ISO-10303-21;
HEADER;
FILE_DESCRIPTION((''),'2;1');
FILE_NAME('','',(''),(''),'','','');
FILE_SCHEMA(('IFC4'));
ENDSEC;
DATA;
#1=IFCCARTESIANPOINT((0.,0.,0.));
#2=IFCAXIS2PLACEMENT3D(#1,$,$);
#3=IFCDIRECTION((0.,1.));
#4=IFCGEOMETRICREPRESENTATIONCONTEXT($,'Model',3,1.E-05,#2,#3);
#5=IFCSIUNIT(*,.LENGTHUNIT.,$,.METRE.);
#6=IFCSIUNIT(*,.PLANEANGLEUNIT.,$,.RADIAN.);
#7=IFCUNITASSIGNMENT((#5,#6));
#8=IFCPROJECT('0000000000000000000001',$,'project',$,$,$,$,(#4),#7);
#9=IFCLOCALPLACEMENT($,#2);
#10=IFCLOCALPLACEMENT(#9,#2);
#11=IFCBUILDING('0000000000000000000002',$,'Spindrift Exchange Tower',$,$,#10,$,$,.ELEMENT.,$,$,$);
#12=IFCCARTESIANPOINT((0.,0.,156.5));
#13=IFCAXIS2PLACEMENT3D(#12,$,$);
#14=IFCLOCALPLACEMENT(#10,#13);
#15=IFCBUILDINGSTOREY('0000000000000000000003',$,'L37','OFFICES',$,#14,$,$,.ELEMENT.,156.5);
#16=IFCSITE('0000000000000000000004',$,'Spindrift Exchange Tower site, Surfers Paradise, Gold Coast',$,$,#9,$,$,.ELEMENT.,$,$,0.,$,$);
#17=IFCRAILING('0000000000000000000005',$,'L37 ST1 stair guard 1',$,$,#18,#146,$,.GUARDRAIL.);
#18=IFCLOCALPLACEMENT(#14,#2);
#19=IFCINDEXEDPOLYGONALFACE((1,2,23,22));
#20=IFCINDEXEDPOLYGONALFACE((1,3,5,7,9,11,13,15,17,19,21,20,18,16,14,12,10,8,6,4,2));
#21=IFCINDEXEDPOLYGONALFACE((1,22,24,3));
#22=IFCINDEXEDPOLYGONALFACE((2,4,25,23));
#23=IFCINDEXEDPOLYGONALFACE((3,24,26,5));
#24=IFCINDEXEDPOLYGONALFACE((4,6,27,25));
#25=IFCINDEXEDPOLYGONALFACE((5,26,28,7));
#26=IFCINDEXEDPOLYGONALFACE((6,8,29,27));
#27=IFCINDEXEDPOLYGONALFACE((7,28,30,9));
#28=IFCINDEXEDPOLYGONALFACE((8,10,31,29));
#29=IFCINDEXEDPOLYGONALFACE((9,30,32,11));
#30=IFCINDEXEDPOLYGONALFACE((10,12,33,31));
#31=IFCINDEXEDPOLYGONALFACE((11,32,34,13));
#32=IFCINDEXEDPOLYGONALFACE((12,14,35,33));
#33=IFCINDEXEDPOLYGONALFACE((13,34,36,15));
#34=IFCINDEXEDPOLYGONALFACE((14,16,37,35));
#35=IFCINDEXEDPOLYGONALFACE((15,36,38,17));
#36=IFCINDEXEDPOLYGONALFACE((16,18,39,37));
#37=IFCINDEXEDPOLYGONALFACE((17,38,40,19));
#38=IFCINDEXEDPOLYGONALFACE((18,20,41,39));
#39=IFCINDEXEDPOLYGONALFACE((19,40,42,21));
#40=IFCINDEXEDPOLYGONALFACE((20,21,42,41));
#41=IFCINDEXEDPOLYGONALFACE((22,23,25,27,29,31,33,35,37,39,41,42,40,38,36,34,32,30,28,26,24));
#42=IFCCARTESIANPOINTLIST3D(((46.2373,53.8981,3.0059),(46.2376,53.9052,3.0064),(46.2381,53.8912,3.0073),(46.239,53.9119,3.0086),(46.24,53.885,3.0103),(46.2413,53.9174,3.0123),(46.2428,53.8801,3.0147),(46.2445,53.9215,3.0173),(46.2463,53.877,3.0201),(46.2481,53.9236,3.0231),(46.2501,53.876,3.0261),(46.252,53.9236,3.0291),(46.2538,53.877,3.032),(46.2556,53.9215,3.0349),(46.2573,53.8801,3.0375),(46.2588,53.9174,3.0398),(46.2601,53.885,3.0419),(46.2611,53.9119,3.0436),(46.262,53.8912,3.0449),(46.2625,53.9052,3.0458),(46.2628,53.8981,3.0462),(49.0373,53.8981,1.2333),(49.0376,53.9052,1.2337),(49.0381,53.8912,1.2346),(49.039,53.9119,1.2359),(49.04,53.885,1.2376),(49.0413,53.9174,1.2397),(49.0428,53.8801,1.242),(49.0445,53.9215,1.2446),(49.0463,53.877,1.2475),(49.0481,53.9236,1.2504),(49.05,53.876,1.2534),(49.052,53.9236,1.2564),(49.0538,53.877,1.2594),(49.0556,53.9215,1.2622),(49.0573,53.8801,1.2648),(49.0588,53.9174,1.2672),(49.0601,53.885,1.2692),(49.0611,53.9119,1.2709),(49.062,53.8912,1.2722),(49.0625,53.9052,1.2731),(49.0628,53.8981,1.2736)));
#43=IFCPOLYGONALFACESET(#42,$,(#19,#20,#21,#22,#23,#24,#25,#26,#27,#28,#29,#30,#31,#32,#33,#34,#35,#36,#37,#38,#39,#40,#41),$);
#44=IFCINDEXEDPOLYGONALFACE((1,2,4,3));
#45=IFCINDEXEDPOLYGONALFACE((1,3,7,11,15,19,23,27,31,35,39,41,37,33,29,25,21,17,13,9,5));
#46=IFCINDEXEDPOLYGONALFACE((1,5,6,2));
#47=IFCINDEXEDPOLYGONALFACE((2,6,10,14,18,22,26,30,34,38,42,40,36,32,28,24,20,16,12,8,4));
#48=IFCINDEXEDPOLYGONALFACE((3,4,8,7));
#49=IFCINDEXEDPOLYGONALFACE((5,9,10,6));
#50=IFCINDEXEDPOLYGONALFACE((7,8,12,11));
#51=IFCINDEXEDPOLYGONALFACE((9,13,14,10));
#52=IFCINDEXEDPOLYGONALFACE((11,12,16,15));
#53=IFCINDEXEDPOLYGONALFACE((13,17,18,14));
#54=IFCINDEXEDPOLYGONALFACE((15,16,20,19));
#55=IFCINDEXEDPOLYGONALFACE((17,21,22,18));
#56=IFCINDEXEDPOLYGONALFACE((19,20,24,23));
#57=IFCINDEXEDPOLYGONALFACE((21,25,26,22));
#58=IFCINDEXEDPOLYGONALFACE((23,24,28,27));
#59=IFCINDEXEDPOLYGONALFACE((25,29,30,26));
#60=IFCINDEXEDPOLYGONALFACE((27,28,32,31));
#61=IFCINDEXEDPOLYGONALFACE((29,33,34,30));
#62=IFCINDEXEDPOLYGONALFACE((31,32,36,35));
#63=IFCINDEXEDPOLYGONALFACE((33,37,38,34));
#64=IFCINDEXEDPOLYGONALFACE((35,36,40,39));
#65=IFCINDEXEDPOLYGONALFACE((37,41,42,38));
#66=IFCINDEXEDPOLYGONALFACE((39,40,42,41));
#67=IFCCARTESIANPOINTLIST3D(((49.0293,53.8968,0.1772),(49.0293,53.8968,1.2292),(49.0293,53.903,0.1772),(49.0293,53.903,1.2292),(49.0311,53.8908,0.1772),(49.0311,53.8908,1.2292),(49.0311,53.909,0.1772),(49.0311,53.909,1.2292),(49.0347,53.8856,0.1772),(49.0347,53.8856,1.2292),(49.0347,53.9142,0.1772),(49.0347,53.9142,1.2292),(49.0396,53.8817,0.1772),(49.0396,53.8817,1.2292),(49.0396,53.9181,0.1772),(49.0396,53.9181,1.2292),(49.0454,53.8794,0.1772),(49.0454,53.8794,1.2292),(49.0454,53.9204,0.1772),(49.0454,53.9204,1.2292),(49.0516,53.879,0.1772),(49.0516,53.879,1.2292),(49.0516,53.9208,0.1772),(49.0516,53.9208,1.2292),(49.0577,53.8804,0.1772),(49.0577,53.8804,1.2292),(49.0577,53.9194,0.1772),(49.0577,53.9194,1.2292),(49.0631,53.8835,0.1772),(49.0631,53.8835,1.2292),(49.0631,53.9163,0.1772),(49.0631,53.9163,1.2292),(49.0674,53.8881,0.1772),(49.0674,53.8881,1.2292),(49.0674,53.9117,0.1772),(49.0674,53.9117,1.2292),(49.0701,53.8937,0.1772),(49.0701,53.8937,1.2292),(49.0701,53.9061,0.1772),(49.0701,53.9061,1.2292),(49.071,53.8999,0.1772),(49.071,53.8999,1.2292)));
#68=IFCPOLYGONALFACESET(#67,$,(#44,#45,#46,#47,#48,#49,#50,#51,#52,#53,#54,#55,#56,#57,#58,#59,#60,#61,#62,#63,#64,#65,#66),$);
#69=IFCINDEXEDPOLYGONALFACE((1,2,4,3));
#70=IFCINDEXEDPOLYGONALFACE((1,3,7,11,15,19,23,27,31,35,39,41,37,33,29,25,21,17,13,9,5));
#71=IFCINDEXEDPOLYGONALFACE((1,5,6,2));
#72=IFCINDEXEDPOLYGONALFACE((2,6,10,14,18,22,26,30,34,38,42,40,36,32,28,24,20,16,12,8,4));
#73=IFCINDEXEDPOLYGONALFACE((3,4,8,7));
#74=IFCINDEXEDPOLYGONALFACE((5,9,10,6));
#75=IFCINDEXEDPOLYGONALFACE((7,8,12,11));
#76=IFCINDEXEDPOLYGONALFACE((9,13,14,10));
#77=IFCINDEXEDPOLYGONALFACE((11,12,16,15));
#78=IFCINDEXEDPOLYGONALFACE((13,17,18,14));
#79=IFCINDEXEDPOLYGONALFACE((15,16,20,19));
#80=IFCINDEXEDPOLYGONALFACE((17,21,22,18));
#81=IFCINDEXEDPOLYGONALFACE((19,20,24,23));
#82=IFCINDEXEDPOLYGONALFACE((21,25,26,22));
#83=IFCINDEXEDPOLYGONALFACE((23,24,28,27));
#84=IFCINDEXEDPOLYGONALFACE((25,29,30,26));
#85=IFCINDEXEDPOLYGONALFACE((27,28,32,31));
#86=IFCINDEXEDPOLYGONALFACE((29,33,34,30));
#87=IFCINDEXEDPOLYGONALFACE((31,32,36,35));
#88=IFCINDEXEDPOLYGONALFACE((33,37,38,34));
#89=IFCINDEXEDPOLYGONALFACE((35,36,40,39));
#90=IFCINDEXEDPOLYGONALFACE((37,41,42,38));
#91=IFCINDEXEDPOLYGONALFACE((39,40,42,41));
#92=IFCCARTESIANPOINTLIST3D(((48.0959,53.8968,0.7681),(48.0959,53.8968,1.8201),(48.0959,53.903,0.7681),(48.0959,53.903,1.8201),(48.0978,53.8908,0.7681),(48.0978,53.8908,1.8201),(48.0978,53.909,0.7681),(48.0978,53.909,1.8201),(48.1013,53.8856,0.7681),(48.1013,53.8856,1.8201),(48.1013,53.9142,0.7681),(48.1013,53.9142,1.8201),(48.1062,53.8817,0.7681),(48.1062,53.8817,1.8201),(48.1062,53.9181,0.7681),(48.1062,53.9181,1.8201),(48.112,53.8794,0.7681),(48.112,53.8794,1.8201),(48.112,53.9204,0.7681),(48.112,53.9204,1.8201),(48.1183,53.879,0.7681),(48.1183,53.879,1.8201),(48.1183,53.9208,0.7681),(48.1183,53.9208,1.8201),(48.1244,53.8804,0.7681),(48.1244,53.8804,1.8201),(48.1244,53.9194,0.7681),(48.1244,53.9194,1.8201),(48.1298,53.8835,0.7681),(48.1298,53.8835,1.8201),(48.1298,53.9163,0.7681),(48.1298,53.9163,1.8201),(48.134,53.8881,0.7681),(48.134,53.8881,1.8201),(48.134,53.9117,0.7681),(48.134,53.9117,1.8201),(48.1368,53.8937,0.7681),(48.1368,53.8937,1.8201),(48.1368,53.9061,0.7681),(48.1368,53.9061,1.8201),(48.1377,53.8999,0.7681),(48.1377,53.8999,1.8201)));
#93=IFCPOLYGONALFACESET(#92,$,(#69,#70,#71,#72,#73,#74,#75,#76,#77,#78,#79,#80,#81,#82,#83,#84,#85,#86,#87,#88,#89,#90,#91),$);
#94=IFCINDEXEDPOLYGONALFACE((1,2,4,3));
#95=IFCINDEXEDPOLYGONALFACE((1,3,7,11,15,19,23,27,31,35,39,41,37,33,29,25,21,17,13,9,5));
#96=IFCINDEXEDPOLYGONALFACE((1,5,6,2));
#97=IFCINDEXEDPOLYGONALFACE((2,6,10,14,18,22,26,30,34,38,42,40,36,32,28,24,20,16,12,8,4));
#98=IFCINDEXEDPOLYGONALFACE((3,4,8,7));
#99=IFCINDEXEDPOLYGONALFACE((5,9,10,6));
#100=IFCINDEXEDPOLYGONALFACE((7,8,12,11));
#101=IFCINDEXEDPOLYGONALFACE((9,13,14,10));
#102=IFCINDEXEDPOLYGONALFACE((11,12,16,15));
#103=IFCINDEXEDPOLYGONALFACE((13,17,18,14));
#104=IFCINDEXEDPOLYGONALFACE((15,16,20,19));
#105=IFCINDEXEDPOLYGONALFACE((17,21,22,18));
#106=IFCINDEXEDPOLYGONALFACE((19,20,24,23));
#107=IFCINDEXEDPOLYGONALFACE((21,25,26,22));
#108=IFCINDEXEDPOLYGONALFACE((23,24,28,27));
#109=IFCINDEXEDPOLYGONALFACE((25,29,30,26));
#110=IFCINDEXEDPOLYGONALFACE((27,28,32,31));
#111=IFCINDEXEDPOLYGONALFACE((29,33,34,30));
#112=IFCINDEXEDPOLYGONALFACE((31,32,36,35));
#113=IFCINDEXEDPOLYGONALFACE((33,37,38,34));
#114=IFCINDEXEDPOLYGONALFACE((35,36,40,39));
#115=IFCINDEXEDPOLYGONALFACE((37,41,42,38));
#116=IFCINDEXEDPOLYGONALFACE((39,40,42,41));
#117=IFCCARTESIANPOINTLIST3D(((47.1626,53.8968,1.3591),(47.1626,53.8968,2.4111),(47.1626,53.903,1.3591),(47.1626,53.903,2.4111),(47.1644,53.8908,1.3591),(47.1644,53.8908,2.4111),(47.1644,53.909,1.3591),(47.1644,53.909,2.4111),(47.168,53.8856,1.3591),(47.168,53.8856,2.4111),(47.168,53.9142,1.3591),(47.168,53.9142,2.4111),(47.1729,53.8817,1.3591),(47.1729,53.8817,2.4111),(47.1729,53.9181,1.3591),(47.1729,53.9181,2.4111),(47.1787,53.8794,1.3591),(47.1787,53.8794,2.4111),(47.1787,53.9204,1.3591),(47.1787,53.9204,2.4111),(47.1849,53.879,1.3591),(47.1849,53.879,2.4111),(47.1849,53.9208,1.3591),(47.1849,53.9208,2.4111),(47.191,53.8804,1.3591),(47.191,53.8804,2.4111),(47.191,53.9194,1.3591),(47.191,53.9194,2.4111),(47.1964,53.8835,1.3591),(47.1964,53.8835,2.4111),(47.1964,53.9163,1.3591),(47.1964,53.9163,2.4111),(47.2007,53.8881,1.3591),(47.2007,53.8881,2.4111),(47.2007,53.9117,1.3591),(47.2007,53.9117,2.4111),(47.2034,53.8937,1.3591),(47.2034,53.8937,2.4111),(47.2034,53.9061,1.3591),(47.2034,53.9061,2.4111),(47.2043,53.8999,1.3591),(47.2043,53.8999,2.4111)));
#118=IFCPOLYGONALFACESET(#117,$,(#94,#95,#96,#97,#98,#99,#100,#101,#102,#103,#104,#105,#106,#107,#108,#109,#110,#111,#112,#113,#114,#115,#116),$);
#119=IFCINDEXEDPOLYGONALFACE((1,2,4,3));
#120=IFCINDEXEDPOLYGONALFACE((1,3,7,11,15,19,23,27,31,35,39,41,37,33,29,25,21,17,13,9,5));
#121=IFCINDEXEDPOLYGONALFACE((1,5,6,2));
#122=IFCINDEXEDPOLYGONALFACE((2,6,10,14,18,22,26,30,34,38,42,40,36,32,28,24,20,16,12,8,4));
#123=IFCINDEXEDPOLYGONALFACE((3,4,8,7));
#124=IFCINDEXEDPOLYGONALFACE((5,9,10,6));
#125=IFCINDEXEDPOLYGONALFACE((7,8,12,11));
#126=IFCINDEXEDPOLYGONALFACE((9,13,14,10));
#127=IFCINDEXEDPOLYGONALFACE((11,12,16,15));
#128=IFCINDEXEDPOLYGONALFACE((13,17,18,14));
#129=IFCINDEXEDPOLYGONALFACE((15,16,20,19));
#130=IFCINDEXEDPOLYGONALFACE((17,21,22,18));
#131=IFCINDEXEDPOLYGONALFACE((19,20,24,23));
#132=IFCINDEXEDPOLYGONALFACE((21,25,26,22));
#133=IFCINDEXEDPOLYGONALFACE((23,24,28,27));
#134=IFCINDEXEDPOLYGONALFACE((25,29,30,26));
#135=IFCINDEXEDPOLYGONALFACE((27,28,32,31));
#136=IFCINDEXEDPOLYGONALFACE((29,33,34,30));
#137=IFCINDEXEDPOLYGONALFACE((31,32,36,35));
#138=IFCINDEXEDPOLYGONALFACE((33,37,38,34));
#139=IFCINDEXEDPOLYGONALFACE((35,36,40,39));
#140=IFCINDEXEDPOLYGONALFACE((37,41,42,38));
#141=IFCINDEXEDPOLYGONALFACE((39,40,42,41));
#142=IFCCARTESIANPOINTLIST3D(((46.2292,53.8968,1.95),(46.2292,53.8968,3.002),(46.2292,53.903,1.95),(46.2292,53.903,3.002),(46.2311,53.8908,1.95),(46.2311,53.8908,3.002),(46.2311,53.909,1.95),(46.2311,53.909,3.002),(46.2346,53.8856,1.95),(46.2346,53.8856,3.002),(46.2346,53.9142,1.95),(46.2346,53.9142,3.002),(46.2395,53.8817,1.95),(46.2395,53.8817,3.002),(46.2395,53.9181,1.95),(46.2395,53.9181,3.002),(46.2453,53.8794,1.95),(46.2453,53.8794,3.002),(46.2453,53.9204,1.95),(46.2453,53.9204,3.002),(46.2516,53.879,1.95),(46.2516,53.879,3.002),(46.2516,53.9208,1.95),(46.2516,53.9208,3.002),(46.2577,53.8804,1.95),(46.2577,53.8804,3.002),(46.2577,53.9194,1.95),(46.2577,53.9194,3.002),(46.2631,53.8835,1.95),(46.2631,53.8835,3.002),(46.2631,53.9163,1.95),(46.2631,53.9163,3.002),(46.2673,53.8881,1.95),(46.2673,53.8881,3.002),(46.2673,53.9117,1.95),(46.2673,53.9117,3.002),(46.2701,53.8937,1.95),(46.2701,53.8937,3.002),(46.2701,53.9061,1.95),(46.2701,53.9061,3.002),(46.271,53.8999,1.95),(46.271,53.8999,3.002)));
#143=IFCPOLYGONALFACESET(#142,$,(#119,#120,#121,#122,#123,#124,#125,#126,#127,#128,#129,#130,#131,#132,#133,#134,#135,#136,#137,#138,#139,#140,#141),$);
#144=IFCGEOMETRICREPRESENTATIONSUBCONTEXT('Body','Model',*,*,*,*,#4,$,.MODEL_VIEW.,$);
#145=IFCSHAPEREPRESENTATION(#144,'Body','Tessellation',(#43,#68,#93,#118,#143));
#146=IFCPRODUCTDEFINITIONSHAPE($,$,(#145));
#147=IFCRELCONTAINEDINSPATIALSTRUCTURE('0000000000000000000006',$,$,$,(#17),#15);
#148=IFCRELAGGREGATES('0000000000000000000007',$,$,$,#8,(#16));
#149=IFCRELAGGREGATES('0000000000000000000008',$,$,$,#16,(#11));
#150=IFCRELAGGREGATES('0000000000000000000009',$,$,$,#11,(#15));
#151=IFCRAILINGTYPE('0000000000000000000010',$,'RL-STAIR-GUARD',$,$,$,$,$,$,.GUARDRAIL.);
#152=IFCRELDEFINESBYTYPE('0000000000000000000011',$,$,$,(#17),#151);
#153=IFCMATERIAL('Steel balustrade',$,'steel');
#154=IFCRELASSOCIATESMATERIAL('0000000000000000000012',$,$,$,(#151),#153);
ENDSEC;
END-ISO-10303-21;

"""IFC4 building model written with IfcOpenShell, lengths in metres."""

from ifc_helpers import new_model, si_unit, direction, frame, origin, origin_2d, place, context, subcontext, project, spatial, circle, extrude, material, type_object, element, save


model = new_model("IFC4")

# Units and contexts
model_context = context("Model", 3, precision=1e-05, world=origin(), true_north=direction((0.0, 1.0)))
body_context = subcontext(model_context, "Body", "Model", "MODEL_VIEW")
ifc_project = project(units=[si_unit("LENGTHUNIT", "METRE"), si_unit("PLANEANGLEUNIT", "RADIAN")], contexts=[model_context])

# Site, building, storey
site_placement = place(None, origin())
site = spatial("IfcSite", under=ifc_project, at=site_placement, Name="Spindrift Exchange Tower site, Surfers Paradise, Gold Coast", CompositionType="ELEMENT", RefElevation=0.0)
building_placement = place(site_placement, origin())
building = spatial("IfcBuilding", under=site, at=building_placement, Name="Spindrift Exchange Tower", CompositionType="ELEMENT")
storey_placement = place(building_placement, frame((0.0, 0.0, 156.5)))
storey = spatial("IfcBuildingStorey", under=building, at=storey_placement, Name="L37", Description="OFFICES", CompositionType="ELEMENT", Elevation=156.5)

# Railing
ifc_material_1 = material(Name="Steel balustrade", Category="steel")
railing_type_1 = type_object("IfcRailingType", Name="RL-STAIR-GUARD", PredefinedType="GUARDRAIL", material=ifc_material_1)
railing_1_placement = place(storey_placement, frame((49.05, 53.8999, 0.1772)))
element("IfcRailing", 1, at=railing_1_placement, inside=storey, type_object=railing_type_1, Name="L37 ST1 stair guard 1", PredefinedType="GUARDRAIL", context=body_context, shape_type="SweptSolid", body=[
    extrude(circle(Radius=0.0239, at=origin_2d()), frame((0.0, 0.0, 1.0762), z_axis=(-0.844909, 0.0, 0.53491), x_axis=(0.0, -1.0, 0.0)), (0.0, 0.0, 1.0), 3.314),
    extrude(circle(Radius=0.021, at=origin_2d()), origin(), (0.0, 0.0, 1.0), 1.052),
    extrude(circle(Radius=0.021, at=origin_2d()), frame((-0.9333, 0.0, 0.5908)), (0.0, 0.0, 1.0), 1.052),
    extrude(circle(Radius=0.021, at=origin_2d()), frame((-1.8667, 0.0, 1.1819)), (0.0, 0.0, 1.0), 1.052),
    extrude(circle(Radius=0.021, at=origin_2d()), frame((-2.8, 0.0, 1.7727)), (0.0, 0.0, 1.0), 1.052),
])

save(model, "model.ifc")
